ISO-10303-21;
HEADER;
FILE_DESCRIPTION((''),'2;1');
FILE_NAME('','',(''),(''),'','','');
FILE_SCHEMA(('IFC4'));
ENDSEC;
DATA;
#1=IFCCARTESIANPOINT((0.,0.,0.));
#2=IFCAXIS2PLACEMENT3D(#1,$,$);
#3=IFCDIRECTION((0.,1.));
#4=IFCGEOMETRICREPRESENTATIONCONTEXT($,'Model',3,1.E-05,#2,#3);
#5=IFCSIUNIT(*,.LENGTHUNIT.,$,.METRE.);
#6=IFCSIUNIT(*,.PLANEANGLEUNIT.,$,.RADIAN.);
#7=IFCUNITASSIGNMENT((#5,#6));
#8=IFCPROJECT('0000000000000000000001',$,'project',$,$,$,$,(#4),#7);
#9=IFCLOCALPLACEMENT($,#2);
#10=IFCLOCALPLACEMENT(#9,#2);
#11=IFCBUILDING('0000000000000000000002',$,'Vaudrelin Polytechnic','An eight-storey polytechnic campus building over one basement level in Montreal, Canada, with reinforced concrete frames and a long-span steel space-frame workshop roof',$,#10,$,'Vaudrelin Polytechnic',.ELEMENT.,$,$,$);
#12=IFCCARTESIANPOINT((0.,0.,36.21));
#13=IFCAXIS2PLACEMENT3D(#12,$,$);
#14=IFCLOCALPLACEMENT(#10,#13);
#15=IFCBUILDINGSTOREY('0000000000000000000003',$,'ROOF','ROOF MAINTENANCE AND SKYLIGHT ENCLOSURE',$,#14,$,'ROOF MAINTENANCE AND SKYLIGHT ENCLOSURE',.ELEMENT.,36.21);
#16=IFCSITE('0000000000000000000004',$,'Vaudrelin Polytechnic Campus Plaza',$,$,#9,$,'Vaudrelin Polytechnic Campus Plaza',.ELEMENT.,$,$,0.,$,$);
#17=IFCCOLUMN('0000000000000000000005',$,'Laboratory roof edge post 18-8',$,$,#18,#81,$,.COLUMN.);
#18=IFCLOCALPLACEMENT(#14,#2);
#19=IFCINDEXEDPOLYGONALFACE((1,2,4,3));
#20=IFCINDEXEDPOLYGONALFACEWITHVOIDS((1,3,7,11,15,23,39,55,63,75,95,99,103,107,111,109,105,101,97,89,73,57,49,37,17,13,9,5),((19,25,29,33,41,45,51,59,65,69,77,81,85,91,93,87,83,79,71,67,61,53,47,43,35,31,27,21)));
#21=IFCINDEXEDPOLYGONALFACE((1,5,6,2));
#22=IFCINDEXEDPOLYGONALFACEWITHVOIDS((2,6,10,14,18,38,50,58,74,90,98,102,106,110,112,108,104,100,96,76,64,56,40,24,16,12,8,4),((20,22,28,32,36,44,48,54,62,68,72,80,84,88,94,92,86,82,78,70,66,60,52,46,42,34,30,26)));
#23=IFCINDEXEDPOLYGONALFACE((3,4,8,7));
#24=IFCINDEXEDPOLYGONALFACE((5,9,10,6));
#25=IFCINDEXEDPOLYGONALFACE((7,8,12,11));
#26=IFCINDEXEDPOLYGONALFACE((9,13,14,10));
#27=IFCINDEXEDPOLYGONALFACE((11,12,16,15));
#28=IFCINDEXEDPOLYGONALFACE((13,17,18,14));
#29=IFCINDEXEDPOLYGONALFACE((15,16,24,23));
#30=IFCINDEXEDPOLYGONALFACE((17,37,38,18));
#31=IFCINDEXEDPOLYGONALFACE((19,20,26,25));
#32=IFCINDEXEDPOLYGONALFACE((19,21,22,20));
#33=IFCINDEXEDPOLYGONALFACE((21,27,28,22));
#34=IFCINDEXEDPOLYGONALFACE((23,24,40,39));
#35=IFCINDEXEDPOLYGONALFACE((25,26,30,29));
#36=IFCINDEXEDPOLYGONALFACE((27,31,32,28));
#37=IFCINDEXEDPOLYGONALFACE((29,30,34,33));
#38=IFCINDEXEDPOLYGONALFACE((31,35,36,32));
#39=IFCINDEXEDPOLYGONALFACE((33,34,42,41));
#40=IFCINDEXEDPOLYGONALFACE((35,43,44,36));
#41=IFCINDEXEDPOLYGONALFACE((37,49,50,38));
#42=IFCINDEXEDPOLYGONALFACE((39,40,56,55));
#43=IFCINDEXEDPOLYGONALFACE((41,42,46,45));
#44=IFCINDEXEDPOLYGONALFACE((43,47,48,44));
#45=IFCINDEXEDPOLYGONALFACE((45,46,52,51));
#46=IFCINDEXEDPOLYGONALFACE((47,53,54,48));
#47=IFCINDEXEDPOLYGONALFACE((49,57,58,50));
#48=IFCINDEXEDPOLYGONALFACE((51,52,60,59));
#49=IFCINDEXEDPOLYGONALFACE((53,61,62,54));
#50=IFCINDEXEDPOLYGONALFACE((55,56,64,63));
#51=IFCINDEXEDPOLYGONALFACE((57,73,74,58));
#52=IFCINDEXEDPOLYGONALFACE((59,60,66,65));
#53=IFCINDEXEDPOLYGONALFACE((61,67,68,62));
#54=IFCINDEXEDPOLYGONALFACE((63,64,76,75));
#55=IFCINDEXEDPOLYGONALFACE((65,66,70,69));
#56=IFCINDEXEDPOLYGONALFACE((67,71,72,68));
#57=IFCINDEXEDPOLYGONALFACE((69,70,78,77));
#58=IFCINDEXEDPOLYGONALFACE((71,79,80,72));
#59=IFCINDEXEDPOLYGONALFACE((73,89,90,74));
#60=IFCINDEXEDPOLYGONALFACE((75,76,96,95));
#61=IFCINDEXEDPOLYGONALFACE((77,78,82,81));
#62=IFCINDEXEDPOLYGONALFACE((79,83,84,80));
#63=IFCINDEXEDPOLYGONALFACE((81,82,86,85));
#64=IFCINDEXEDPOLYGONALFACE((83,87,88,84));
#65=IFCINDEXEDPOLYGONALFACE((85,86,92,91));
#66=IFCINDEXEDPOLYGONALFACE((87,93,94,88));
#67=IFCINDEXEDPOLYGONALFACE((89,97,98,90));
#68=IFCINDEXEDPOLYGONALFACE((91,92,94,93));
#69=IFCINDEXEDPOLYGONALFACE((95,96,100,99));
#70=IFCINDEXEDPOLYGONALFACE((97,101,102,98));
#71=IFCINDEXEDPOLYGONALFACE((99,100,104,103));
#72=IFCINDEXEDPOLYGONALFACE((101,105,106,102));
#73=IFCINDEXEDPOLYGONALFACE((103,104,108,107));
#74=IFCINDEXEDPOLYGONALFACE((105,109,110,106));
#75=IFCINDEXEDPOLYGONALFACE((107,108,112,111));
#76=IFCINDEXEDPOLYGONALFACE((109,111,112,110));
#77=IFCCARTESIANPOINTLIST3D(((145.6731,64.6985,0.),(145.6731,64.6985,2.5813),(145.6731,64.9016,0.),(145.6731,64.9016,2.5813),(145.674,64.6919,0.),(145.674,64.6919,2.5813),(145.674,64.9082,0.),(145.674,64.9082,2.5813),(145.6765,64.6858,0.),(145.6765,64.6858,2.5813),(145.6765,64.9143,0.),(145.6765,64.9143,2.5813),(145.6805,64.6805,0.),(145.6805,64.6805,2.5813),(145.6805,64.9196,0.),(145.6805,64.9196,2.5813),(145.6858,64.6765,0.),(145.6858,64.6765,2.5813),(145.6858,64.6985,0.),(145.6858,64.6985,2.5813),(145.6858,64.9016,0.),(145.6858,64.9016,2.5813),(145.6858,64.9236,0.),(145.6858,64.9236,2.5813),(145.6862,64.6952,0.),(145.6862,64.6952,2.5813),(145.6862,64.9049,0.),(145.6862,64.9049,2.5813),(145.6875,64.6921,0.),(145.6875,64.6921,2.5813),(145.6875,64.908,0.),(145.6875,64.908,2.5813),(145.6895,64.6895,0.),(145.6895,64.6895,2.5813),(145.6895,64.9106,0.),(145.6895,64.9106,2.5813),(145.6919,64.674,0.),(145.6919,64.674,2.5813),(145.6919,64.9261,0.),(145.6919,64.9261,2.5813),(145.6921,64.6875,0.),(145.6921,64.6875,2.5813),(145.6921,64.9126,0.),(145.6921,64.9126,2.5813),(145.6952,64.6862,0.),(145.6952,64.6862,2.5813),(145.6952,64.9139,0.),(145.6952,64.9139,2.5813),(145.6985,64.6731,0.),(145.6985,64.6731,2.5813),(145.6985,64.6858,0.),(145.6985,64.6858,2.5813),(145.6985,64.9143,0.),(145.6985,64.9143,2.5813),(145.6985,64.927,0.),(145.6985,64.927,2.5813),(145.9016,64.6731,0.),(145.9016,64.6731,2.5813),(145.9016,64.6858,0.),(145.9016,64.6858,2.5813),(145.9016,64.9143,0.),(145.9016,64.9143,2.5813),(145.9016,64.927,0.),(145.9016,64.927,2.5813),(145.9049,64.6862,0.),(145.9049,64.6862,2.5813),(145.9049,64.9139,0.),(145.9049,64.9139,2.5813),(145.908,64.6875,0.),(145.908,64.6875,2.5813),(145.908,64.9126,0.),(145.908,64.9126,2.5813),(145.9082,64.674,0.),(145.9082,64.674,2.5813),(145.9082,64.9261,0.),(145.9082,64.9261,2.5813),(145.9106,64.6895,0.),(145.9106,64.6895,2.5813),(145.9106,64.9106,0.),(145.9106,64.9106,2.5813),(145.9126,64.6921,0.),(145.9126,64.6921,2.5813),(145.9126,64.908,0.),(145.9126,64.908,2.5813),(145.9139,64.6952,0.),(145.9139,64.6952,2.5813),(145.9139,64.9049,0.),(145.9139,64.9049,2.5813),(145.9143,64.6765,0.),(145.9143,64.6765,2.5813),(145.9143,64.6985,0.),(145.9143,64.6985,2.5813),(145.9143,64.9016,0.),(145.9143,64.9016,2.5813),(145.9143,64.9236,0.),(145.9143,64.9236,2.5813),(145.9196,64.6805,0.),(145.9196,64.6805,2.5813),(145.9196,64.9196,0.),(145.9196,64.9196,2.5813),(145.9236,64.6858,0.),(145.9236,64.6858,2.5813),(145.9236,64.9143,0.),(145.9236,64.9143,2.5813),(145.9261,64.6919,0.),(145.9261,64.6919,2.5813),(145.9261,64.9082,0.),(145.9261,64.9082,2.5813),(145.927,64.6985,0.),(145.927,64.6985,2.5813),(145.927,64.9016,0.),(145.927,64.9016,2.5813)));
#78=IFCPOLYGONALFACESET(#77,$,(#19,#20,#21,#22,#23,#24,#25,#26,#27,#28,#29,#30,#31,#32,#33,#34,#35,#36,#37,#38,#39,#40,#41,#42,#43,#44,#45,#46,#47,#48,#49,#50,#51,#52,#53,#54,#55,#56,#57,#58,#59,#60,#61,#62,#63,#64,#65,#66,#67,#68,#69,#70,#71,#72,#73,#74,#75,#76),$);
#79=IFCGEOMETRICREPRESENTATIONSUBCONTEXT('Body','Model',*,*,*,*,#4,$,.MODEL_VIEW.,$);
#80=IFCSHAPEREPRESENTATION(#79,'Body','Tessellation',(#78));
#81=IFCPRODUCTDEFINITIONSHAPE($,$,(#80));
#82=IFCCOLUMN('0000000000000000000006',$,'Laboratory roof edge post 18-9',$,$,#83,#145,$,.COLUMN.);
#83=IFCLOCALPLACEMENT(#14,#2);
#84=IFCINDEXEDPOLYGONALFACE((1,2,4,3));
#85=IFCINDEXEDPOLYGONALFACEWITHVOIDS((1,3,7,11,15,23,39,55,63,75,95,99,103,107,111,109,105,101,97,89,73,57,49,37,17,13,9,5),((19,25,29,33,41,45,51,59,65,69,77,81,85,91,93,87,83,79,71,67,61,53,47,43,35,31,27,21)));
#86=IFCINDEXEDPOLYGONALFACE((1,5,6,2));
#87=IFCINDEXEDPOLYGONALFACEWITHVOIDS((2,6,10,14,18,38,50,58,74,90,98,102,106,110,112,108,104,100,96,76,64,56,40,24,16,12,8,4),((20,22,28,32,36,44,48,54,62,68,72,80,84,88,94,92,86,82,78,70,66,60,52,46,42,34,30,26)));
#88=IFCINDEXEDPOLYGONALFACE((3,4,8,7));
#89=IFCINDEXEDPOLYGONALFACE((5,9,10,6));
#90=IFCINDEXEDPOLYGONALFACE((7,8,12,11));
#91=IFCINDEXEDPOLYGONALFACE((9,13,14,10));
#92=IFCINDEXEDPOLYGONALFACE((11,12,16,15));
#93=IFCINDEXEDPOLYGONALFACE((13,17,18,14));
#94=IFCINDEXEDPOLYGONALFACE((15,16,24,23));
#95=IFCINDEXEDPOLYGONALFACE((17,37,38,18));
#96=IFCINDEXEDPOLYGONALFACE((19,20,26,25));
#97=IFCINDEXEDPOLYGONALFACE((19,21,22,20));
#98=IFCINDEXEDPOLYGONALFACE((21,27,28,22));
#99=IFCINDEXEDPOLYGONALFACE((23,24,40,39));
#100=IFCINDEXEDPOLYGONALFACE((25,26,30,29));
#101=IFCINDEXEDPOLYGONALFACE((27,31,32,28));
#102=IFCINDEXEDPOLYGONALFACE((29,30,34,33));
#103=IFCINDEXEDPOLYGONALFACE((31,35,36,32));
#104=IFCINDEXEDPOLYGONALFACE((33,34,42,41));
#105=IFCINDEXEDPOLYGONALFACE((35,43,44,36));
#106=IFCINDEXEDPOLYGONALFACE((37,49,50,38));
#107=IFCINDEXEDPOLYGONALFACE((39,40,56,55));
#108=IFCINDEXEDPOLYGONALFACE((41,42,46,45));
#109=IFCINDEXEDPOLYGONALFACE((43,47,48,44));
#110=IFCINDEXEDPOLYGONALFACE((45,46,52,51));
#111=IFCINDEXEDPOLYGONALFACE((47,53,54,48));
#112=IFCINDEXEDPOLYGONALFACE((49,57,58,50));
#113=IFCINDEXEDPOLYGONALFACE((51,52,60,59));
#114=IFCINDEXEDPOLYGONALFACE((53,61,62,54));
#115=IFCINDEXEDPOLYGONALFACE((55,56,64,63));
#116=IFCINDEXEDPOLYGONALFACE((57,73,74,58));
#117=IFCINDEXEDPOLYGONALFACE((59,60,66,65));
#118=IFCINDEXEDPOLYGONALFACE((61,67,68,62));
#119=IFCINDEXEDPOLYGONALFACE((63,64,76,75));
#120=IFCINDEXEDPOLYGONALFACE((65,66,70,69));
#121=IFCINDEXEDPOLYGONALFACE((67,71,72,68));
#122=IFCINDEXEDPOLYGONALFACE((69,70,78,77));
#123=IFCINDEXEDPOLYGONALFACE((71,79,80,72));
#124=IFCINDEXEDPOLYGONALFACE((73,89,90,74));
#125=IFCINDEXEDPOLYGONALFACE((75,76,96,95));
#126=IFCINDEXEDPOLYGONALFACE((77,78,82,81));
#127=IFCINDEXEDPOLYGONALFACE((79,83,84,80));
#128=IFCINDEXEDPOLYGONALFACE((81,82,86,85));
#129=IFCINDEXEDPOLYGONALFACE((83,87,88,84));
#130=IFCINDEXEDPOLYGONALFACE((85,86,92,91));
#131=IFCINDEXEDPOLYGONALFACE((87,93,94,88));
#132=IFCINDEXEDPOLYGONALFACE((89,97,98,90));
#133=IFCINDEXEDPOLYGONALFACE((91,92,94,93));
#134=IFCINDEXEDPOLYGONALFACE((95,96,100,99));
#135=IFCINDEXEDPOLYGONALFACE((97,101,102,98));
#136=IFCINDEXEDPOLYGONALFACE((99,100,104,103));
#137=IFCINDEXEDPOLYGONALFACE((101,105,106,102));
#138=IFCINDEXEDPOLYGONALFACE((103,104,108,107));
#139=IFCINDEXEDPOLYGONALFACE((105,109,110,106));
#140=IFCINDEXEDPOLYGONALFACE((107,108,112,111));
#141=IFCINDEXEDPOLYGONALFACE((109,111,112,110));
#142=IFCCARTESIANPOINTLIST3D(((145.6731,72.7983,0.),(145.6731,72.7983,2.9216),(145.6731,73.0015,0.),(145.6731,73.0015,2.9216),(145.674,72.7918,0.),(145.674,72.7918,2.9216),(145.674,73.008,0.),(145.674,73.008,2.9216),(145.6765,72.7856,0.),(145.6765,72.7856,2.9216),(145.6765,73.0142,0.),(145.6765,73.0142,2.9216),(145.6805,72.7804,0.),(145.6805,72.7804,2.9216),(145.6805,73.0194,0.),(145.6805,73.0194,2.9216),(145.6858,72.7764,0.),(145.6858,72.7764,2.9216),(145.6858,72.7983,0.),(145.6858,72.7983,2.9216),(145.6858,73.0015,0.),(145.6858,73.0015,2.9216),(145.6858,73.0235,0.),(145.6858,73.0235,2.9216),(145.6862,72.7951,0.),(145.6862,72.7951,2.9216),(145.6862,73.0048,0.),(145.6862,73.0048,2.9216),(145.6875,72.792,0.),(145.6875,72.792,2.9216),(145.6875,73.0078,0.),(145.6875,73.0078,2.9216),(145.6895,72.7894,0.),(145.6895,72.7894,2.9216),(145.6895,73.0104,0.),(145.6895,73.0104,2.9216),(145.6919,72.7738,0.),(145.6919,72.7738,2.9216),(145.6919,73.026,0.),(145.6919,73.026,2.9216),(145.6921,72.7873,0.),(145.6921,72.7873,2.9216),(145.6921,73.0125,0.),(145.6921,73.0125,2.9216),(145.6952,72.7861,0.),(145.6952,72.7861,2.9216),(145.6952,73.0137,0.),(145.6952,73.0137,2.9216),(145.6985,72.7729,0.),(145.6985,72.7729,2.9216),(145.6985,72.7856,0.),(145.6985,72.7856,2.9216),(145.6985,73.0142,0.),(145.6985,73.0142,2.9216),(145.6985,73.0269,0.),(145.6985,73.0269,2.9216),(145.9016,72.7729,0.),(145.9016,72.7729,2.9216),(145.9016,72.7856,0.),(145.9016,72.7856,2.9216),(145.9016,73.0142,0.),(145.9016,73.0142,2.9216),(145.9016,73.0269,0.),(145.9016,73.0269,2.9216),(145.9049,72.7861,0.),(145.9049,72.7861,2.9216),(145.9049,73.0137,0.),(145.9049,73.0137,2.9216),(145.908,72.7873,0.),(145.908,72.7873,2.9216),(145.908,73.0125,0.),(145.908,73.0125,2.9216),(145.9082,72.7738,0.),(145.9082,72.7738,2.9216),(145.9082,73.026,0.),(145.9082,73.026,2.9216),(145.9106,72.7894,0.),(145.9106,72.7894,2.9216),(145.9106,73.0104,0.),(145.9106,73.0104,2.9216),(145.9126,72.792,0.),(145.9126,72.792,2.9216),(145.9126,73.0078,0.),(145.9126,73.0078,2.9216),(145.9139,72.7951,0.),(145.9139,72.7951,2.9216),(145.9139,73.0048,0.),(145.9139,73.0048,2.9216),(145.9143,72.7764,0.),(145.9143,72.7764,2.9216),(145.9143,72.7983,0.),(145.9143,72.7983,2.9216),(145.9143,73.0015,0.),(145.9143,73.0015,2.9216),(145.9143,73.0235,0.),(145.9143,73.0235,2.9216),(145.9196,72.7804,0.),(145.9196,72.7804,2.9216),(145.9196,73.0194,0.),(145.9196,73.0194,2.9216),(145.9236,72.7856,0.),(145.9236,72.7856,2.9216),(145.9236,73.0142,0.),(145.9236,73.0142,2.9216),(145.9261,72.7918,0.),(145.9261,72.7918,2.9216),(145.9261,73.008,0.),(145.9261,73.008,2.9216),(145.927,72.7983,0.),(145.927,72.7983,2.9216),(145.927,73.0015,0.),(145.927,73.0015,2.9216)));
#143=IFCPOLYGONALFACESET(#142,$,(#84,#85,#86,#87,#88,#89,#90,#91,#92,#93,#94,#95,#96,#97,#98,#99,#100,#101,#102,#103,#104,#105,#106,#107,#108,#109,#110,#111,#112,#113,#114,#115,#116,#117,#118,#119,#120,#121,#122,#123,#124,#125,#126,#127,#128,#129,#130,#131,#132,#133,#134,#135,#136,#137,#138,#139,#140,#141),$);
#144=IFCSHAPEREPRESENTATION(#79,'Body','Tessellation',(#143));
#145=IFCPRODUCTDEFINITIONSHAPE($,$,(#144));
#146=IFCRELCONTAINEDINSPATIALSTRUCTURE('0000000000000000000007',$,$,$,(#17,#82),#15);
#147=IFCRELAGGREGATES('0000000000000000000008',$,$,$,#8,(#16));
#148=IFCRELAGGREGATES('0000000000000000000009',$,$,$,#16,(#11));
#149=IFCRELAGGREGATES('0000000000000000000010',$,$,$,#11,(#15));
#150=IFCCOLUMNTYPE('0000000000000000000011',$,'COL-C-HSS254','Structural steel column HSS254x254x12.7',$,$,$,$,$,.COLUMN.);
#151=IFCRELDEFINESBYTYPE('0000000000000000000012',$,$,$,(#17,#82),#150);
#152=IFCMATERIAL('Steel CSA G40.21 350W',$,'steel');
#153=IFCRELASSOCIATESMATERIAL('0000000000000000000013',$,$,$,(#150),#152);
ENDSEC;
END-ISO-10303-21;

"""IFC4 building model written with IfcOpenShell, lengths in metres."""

from ifc_helpers import new_model, si_unit, direction, frame, origin, origin_2d, place, context, subcontext, project, spatial, hollow_rectangle, extrude, material, material_profile, profile_set, type_object, element, save


model = new_model("IFC4")

# Units and contexts
model_context = context("Model", 3, precision=1e-05, world=origin(), true_north=direction((0.0, 1.0)))
body_context = subcontext(model_context, "Body", "Model", "MODEL_VIEW")
ifc_project = project(units=[si_unit("LENGTHUNIT", "METRE"), si_unit("PLANEANGLEUNIT", "RADIAN")], contexts=[model_context])

# Site, building, storey
site_placement = place(None, origin())
site = spatial("IfcSite", under=ifc_project, at=site_placement, Name="Vaudrelin Polytechnic Campus Plaza", LongName="Vaudrelin Polytechnic Campus Plaza", CompositionType="ELEMENT", RefElevation=0.0)
building_placement = place(site_placement, origin())
building = spatial("IfcBuilding", under=site, at=building_placement, Name="Vaudrelin Polytechnic", Description="An eight-storey polytechnic campus building over one basement level in Montreal, Canada, with reinforced concrete frames and a long-span steel space-frame workshop roof", LongName="Vaudrelin Polytechnic", CompositionType="ELEMENT")
storey_placement = place(building_placement, frame((0.0, 0.0, 36.21)))
storey = spatial("IfcBuildingStorey", under=building, at=storey_placement, Name="ROOF", Description="ROOF MAINTENANCE AND SKYLIGHT ENCLOSURE", LongName="ROOF MAINTENANCE AND SKYLIGHT ENCLOSURE", CompositionType="ELEMENT", Elevation=36.21)

# Columns
ifc_material_1 = material(Name="Steel CSA G40.21 350W", Category="steel")
ifc_material_profile = material_profile(ifc_material_1, hollow_rectangle(XDim=0.2539, YDim=0.2539, WallThickness=0.0127, InnerFilletRadius=0.0127, OuterFilletRadius=0.0254, at=origin_2d()), Name="HSS254x254x12.7")
ifc_profile_set = profile_set([ifc_material_profile], Name="Steel CSA G40.21 350W")
column_type = type_object("IfcColumnType", Name="COL-C-HSS254", Description="Structural steel column HSS254x254x12.7", PredefinedType="COLUMN", material=ifc_profile_set)
column_1_placement = place(storey_placement, frame((145.8, 64.8, 0.0), z_axis=(0.0, 0.0, 1.0), x_axis=(1.0, 0.0, 0.0)))
element("IfcColumn", 1, at=column_1_placement, inside=storey, type_object=column_type, Name="Laboratory roof edge post 18-8", PredefinedType="COLUMN", context=body_context, shape_type="SweptSolid", body=[
    extrude(hollow_rectangle(XDim=0.2539, YDim=0.2539, WallThickness=0.0127, InnerFilletRadius=0.0127, OuterFilletRadius=0.0254, at=origin_2d()), origin(), (0.0, 0.0, 1.0), 2.5813),
])
column_2_placement = place(storey_placement, frame((145.8, 72.8999, 0.0), z_axis=(0.0, 0.0, 1.0), x_axis=(1.0, 0.0, 0.0)))
element("IfcColumn", 2, at=column_2_placement, inside=storey, type_object=column_type, Name="Laboratory roof edge post 18-9", PredefinedType="COLUMN", context=body_context, shape_type="SweptSolid", body=[
    extrude(hollow_rectangle(XDim=0.2539, YDim=0.2539, WallThickness=0.0127, InnerFilletRadius=0.0127, OuterFilletRadius=0.0254, at=origin_2d()), origin(), (0.0, 0.0, 1.0), 2.9216),
])

save(model, "model.ifc")
